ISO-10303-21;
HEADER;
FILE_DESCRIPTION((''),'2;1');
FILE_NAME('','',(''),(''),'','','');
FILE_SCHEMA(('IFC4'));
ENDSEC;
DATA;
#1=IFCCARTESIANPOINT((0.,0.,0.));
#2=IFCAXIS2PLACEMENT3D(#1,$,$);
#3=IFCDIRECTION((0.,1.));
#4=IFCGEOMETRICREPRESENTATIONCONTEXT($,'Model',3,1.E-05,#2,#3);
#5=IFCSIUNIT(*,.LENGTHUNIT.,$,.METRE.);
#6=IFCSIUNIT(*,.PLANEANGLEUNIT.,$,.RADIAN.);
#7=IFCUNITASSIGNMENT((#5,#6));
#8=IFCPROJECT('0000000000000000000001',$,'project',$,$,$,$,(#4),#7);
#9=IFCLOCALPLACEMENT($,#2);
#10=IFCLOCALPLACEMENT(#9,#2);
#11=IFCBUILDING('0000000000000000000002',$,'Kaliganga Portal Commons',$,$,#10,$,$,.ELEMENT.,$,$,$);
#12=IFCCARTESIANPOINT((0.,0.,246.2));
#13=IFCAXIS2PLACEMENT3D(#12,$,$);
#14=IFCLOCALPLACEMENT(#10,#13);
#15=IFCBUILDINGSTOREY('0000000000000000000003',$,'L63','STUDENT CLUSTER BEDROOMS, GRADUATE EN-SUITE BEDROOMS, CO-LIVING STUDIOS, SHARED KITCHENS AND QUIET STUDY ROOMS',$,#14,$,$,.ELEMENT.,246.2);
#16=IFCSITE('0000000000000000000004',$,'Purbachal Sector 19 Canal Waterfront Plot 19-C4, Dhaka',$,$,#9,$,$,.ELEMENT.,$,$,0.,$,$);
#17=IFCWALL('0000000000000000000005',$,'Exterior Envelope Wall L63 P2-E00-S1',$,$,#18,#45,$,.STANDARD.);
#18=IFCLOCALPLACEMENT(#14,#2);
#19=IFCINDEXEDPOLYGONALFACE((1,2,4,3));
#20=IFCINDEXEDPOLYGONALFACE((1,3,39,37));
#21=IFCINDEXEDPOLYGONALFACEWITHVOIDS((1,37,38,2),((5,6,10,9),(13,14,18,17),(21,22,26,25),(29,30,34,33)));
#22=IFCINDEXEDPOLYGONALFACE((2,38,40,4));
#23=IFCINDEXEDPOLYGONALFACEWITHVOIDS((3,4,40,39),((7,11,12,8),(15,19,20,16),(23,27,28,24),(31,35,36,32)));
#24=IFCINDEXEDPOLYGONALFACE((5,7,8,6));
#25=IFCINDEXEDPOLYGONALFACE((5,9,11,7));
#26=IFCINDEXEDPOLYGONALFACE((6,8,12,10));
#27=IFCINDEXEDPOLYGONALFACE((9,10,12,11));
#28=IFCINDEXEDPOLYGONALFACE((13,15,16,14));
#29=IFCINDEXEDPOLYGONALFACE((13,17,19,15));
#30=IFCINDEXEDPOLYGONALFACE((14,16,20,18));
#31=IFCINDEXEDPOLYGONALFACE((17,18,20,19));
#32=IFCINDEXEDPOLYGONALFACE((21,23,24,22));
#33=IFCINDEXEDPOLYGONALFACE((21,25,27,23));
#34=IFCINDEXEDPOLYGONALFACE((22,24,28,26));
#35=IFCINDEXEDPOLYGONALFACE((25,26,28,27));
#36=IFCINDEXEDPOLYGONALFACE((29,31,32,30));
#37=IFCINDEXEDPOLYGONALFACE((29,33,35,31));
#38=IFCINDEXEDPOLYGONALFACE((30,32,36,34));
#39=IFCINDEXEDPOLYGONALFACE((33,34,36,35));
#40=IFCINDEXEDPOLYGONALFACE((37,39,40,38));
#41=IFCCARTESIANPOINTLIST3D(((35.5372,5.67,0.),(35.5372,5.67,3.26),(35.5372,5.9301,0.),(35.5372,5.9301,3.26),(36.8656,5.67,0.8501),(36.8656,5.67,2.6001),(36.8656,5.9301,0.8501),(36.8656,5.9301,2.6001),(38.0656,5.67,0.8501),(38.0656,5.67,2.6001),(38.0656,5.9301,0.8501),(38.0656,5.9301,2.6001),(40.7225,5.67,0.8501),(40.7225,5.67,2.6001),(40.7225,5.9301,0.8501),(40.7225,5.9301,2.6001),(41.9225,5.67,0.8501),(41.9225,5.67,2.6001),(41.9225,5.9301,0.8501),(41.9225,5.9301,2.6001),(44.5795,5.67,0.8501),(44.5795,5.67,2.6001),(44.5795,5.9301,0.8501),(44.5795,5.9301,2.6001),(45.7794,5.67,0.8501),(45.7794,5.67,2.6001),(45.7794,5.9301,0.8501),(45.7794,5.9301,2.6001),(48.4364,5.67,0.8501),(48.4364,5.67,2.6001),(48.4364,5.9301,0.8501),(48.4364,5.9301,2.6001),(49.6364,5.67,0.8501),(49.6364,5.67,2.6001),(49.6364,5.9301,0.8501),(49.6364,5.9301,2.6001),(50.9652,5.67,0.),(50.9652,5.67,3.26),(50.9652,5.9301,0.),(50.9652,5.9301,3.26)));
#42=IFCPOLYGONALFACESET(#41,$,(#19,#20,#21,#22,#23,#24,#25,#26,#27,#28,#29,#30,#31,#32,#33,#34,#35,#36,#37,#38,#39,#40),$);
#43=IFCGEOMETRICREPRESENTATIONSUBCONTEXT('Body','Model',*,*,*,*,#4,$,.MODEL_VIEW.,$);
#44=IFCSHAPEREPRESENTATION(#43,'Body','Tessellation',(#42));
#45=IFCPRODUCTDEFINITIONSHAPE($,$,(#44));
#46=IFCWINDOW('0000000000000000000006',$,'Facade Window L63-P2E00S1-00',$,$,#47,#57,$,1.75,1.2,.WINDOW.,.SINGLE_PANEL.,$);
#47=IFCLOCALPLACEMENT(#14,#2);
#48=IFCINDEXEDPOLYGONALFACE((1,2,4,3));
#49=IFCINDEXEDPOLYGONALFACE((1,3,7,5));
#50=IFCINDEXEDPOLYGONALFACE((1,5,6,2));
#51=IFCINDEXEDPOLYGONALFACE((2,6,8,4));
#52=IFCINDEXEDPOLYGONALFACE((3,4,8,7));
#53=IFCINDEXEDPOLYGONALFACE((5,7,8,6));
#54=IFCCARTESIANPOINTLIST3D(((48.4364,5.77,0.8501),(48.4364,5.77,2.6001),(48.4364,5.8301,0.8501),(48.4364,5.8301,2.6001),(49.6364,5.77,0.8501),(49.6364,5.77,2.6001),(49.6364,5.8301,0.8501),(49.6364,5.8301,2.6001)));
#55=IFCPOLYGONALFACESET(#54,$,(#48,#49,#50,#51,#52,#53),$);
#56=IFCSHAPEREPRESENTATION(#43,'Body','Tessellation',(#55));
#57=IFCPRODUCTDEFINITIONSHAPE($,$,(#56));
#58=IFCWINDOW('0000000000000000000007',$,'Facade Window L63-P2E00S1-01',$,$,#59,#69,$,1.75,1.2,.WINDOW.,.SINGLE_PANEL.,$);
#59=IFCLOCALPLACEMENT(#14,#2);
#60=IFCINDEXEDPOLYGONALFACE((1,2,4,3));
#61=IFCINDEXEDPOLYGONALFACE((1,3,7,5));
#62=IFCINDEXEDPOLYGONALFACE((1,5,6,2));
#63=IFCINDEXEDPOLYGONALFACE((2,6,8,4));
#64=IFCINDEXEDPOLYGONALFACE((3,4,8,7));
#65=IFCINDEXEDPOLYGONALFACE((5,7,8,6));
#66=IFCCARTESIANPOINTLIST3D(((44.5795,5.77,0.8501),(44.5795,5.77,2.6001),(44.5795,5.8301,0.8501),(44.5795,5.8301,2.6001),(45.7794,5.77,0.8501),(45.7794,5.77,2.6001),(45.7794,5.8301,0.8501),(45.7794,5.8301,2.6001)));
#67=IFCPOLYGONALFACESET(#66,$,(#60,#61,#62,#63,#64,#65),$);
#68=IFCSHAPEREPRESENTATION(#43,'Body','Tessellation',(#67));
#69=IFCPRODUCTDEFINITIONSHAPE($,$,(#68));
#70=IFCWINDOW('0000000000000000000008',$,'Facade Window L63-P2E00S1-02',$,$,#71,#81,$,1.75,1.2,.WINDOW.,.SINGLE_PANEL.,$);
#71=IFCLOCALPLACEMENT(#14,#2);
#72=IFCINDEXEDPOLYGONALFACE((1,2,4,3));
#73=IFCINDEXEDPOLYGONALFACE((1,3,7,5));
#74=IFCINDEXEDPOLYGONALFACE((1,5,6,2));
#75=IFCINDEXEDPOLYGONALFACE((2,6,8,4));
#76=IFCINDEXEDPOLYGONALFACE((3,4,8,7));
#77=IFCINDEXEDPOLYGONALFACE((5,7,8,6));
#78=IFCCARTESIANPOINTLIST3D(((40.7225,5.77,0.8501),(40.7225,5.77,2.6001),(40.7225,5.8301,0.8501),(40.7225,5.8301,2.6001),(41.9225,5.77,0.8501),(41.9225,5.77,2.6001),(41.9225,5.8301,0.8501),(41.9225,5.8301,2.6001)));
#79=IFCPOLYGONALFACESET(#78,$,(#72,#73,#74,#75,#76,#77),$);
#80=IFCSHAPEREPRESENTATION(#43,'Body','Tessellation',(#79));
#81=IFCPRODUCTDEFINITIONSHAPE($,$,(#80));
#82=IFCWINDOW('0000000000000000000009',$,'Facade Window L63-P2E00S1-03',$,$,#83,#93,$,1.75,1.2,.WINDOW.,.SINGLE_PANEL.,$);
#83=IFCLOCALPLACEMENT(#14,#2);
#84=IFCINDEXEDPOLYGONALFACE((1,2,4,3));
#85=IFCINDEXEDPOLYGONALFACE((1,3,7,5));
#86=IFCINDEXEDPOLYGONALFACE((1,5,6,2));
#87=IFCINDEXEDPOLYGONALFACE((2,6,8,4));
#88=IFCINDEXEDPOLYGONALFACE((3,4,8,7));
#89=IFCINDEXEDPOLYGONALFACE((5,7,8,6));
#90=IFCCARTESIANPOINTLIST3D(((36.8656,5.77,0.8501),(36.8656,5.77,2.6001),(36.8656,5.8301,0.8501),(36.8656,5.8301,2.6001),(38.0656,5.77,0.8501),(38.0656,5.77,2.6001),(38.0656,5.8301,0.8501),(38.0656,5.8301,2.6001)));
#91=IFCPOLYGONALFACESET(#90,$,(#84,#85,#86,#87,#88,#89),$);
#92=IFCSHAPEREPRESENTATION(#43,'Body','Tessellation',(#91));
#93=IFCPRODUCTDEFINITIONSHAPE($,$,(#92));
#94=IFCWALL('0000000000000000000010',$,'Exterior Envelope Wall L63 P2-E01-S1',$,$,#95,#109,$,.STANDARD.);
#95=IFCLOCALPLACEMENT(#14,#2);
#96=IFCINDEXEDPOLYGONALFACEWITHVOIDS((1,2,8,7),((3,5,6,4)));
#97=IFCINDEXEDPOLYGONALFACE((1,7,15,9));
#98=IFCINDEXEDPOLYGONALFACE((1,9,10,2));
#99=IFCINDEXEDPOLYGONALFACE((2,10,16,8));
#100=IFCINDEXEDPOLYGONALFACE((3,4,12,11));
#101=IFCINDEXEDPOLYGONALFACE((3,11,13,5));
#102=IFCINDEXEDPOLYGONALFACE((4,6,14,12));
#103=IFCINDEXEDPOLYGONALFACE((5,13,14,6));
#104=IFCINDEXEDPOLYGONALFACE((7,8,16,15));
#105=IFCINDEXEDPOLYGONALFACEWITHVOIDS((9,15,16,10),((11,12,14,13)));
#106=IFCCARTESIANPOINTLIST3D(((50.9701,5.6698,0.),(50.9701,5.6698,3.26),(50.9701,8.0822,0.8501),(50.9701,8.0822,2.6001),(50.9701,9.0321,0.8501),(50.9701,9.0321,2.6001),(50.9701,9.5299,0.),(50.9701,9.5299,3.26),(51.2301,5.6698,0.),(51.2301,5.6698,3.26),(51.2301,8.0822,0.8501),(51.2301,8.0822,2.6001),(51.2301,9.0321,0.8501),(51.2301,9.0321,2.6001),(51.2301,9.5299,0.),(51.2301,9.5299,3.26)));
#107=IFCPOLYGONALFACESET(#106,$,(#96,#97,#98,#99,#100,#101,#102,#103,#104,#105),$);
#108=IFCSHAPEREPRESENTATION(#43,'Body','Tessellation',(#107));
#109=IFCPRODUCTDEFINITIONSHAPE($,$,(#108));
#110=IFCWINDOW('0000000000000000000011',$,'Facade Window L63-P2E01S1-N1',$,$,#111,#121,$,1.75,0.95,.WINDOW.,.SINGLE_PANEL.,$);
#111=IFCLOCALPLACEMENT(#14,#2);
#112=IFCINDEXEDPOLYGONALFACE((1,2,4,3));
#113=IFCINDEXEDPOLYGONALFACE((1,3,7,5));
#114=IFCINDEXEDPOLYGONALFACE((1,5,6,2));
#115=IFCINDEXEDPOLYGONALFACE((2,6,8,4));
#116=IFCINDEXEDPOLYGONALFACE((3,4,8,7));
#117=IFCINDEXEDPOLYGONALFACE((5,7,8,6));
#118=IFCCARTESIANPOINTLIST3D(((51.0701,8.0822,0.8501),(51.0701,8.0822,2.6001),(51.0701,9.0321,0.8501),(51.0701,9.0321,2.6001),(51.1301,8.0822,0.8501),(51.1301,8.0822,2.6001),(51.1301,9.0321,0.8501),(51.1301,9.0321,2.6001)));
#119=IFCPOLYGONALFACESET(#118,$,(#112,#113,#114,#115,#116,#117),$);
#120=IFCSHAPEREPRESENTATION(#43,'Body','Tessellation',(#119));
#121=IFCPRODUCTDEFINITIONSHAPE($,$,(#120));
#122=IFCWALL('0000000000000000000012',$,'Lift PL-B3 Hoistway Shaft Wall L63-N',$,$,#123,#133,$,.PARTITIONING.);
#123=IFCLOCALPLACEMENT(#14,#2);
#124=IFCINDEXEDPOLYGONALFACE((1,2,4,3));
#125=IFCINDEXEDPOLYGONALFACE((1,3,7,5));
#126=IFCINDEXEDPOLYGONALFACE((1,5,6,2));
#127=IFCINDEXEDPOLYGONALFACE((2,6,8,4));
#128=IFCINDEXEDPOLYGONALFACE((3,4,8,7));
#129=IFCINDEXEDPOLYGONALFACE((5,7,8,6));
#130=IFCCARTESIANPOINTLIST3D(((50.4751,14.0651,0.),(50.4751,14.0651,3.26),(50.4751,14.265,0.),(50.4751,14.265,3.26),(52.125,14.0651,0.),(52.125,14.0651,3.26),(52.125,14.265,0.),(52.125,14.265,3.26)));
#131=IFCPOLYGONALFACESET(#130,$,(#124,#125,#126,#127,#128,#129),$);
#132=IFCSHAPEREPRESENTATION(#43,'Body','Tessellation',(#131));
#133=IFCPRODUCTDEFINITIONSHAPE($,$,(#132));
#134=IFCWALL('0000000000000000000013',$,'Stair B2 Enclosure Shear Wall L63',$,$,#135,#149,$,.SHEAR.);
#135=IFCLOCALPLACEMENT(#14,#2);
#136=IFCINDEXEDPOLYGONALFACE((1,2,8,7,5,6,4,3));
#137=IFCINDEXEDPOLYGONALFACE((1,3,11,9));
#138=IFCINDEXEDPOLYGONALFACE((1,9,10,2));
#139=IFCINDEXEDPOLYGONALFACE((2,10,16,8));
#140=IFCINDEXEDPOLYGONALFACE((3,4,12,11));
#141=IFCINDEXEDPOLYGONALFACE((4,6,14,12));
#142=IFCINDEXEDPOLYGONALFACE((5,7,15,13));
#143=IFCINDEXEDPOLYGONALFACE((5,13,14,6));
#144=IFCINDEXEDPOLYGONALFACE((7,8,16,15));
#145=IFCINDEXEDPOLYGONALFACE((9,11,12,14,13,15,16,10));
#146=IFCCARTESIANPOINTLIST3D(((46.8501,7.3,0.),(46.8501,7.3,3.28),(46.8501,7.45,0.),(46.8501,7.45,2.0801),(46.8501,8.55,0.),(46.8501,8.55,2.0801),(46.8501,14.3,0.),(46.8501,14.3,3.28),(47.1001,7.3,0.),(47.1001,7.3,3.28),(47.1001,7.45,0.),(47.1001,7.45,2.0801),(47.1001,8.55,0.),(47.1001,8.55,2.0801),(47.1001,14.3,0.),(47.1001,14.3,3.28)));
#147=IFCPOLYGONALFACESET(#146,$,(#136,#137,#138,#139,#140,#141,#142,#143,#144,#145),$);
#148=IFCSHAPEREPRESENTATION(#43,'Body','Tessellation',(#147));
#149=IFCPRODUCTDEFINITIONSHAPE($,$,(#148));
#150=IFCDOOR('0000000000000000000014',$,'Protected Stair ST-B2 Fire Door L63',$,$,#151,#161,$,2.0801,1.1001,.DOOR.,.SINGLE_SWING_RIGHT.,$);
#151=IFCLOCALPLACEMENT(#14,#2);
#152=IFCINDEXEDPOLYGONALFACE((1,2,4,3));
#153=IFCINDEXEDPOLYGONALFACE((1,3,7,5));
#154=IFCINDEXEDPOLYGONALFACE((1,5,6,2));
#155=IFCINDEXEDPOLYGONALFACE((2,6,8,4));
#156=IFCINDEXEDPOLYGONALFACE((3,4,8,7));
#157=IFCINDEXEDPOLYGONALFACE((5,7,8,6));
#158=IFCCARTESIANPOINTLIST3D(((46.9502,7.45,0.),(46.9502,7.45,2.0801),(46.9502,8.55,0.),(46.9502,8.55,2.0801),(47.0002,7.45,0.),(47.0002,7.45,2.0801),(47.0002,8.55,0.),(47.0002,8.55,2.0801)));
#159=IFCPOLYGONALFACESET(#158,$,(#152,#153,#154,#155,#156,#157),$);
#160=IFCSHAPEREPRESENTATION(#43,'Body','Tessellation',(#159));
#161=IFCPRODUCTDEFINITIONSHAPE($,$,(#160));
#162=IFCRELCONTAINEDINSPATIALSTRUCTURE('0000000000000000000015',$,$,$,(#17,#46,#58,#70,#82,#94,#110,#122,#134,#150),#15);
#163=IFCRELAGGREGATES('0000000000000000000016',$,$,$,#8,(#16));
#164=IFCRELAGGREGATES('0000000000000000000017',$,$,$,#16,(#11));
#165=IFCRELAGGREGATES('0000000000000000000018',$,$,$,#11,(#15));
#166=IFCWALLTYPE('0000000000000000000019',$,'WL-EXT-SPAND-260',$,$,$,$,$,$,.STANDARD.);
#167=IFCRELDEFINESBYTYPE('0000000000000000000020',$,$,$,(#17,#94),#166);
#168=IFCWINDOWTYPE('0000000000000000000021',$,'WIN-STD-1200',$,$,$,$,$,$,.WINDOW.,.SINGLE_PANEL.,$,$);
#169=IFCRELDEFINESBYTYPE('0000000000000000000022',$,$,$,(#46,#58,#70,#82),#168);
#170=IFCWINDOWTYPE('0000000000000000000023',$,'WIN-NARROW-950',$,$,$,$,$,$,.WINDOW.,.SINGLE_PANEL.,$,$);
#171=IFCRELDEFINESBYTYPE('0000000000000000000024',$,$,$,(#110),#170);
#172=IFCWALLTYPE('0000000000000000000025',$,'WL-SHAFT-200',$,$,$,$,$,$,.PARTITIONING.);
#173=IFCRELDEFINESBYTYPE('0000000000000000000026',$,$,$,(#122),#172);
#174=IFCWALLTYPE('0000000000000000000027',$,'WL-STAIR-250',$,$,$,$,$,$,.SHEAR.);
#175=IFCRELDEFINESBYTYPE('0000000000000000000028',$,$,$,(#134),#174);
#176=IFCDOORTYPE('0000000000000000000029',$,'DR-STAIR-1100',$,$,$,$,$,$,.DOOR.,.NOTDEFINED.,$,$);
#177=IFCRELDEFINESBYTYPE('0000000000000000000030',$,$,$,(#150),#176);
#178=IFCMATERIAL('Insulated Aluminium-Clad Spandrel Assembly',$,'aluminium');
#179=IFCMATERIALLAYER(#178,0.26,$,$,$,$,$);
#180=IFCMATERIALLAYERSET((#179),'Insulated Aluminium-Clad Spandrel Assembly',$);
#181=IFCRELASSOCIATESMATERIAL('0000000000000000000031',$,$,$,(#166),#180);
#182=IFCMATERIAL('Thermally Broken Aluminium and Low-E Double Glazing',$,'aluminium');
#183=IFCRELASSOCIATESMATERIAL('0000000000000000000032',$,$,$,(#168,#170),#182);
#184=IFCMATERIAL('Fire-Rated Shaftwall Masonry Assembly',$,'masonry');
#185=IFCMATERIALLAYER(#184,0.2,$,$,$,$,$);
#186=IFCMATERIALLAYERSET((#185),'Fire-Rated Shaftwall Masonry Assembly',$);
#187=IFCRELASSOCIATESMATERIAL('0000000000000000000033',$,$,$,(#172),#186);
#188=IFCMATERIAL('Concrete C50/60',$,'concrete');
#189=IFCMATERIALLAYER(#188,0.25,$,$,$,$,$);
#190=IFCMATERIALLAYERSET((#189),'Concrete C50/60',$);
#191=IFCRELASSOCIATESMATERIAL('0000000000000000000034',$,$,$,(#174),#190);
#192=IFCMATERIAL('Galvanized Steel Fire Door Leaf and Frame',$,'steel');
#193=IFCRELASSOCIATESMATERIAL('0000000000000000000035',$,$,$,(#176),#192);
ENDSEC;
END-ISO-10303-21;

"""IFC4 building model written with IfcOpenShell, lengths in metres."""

from ifc_helpers import new_model, si_unit, direction, frame, frame_2d, origin, place, context, subcontext, project, spatial, rectangle, extrude, material, layer, layer_set, type_object, element, fill, save


model = new_model("IFC4")

# Units and contexts
model_context = context("Model", 3, precision=1e-05, world=origin(), true_north=direction((0.0, 1.0)))
body_context = subcontext(model_context, "Body", "Model", "MODEL_VIEW")
ifc_project = project(units=[si_unit("LENGTHUNIT", "METRE"), si_unit("PLANEANGLEUNIT", "RADIAN")], contexts=[model_context])

# Site, building, storey
site_placement = place(None, origin())
site = spatial("IfcSite", under=ifc_project, at=site_placement, Name="Purbachal Sector 19 Canal Waterfront Plot 19-C4, Dhaka", CompositionType="ELEMENT", RefElevation=0.0)
building_placement = place(site_placement, origin())
building = spatial("IfcBuilding", under=site, at=building_placement, Name="Kaliganga Portal Commons", CompositionType="ELEMENT")
storey_placement = place(building_placement, frame((0.0, 0.0, 246.2)))
storey = spatial("IfcBuildingStorey", under=building, at=storey_placement, Name="L63", Description="STUDENT CLUSTER BEDROOMS, GRADUATE EN-SUITE BEDROOMS, CO-LIVING STUDIOS, SHARED KITCHENS AND QUIET STUDY ROOMS", CompositionType="ELEMENT", Elevation=246.2)

# Shared definitions
ifc_material_1 = material(Name="Concrete C50/60", Category="concrete")

# Wall, openings, windows
ifc_material_2 = material(Name="Insulated Aluminium-Clad Spandrel Assembly", Category="aluminium")
ifc_layer_1 = layer(ifc_material_2, 0.26)
ifc_layer_set_1 = layer_set([ifc_layer_1], Name="Insulated Aluminium-Clad Spandrel Assembly")
wall_type_1 = type_object("IfcWallType", Name="WL-EXT-SPAND-260", PredefinedType="STANDARD", material=ifc_layer_set_1)
wall_1_placement = place(storey_placement, frame((50.9651, 5.8, 0.0), z_axis=(0.0, 0.0, 1.0), x_axis=(-1.0, 0.0, 0.0)))
wall_1 = element("IfcWall", 1, at=wall_1_placement, inside=storey, type_object=wall_type_1, Name="Exterior Envelope Wall L63 P2-E00-S1", PredefinedType="STANDARD", context=body_context, shape_type="SweptSolid", body=[
    extrude(rectangle(XDim=15.428, YDim=0.26, at=frame_2d((7.7139, 0.0))), origin(), (0.0, 0.0, 1.0), 3.26),
])
opening_1_placement = place(wall_1_placement, frame((1.3286, 0.0, 0.8501)))
opening_1 = element("IfcOpeningElement", 2, at=opening_1_placement, cuts=wall_1, PredefinedType="OPENING", context=body_context, shape_type="SweptSolid", body=[
    extrude(rectangle(XDim=1.2, YDim=1.75, at=frame_2d((0.6001, 0.875))), frame((0.0, 0.1401, 0.0), z_axis=(0.0, -1.0, 0.0), x_axis=(1.0, 0.0, 0.0)), (0.0, 0.0, 1.0), 0.28),
])
opening_2_placement = place(wall_1_placement, frame((5.1855, 0.0, 0.8501)))
opening_2 = element("IfcOpeningElement", 3, at=opening_2_placement, cuts=wall_1, PredefinedType="OPENING", context=body_context, shape_type="SweptSolid", body=[
    extrude(rectangle(XDim=1.2, YDim=1.75, at=frame_2d((0.6001, 0.875))), frame((0.0, 0.1401, 0.0), z_axis=(0.0, -1.0, 0.0), x_axis=(1.0, 0.0, 0.0)), (0.0, 0.0, 1.0), 0.28),
])
opening_3_placement = place(wall_1_placement, frame((9.0425, 0.0, 0.8501)))
opening_3 = element("IfcOpeningElement", 4, at=opening_3_placement, cuts=wall_1, PredefinedType="OPENING", context=body_context, shape_type="SweptSolid", body=[
    extrude(rectangle(XDim=1.2, YDim=1.75, at=frame_2d((0.6001, 0.875))), frame((0.0, 0.1401, 0.0), z_axis=(0.0, -1.0, 0.0), x_axis=(1.0, 0.0, 0.0)), (0.0, 0.0, 1.0), 0.28),
])
opening_4_placement = place(wall_1_placement, frame((12.8994, 0.0, 0.8501)))
opening_4 = element("IfcOpeningElement", 5, at=opening_4_placement, cuts=wall_1, PredefinedType="OPENING", context=body_context, shape_type="SweptSolid", body=[
    extrude(rectangle(XDim=1.2, YDim=1.75, at=frame_2d((0.6001, 0.875))), frame((0.0, 0.1401, 0.0), z_axis=(0.0, -1.0, 0.0), x_axis=(1.0, 0.0, 0.0)), (0.0, 0.0, 1.0), 0.28),
])
ifc_material_3 = material(Name="Thermally Broken Aluminium and Low-E Double Glazing", Category="aluminium")
window_type_1 = type_object("IfcWindowType", Name="WIN-STD-1200", PartitioningType="SINGLE_PANEL", PredefinedType="WINDOW", material=ifc_material_3)
window_1_placement = place(opening_1_placement, origin())
window_1 = element("IfcWindow", 6, at=window_1_placement, inside=storey, type_object=window_type_1, Name="Facade Window L63-P2E00S1-00", OverallHeight=1.75, OverallWidth=1.2, PartitioningType="SINGLE_PANEL", PredefinedType="WINDOW", context=body_context, shape_type="SweptSolid", body=[
    extrude(rectangle(XDim=1.2, YDim=1.75, at=frame_2d((0.6001, 0.875))), frame((0.0, 0.03, 0.0), z_axis=(0.0, -1.0, 0.0), x_axis=(1.0, 0.0, 0.0)), (0.0, 0.0, 1.0), 0.0601),
])
fill(opening_1, window_1)
window_2_placement = place(opening_2_placement, origin())
window_2 = element("IfcWindow", 7, at=window_2_placement, inside=storey, type_object=window_type_1, Name="Facade Window L63-P2E00S1-01", OverallHeight=1.75, OverallWidth=1.2, PartitioningType="SINGLE_PANEL", PredefinedType="WINDOW", context=body_context, shape_type="SweptSolid", body=[
    extrude(rectangle(XDim=1.2, YDim=1.75, at=frame_2d((0.6001, 0.875))), frame((0.0, 0.03, 0.0), z_axis=(0.0, -1.0, 0.0), x_axis=(1.0, 0.0, 0.0)), (0.0, 0.0, 1.0), 0.0601),
])
fill(opening_2, window_2)
window_3_placement = place(opening_3_placement, origin())
window_3 = element("IfcWindow", 8, at=window_3_placement, inside=storey, type_object=window_type_1, Name="Facade Window L63-P2E00S1-02", OverallHeight=1.75, OverallWidth=1.2, PartitioningType="SINGLE_PANEL", PredefinedType="WINDOW", context=body_context, shape_type="SweptSolid", body=[
    extrude(rectangle(XDim=1.2, YDim=1.75, at=frame_2d((0.6001, 0.875))), frame((0.0, 0.03, 0.0), z_axis=(0.0, -1.0, 0.0), x_axis=(1.0, 0.0, 0.0)), (0.0, 0.0, 1.0), 0.0601),
])
fill(opening_3, window_3)
window_4_placement = place(opening_4_placement, origin())
window_4 = element("IfcWindow", 9, at=window_4_placement, inside=storey, type_object=window_type_1, Name="Facade Window L63-P2E00S1-03", OverallHeight=1.75, OverallWidth=1.2, PartitioningType="SINGLE_PANEL", PredefinedType="WINDOW", context=body_context, shape_type="SweptSolid", body=[
    extrude(rectangle(XDim=1.2, YDim=1.75, at=frame_2d((0.6001, 0.875))), frame((0.0, 0.03, 0.0), z_axis=(0.0, -1.0, 0.0), x_axis=(1.0, 0.0, 0.0)), (0.0, 0.0, 1.0), 0.0601),
])
fill(opening_4, window_4)

# Wall, opening, window
wall_2_placement = place(storey_placement, frame((51.1001, 9.53, 0.0), z_axis=(0.0, 0.0, 1.0), x_axis=(0.0, -1.0, 0.0)))
wall_2 = element("IfcWall", 10, at=wall_2_placement, inside=storey, type_object=wall_type_1, Name="Exterior Envelope Wall L63 P2-E01-S1", PredefinedType="STANDARD", context=body_context, shape_type="SweptSolid", body=[
    extrude(rectangle(XDim=3.8601, YDim=0.26, at=frame_2d((1.9302, 0.0))), origin(), (0.0, 0.0, 1.0), 3.26),
])
opening_5_placement = place(wall_2_placement, frame((0.4978, 0.0, 0.8501)))
opening_5 = element("IfcOpeningElement", 11, at=opening_5_placement, cuts=wall_2, PredefinedType="OPENING", context=body_context, shape_type="SweptSolid", body=[
    extrude(rectangle(XDim=0.95, YDim=1.75, at=frame_2d((0.4751, 0.875))), frame((0.0, 0.1401, 0.0), z_axis=(0.0, -1.0, 0.0), x_axis=(1.0, 0.0, 0.0)), (0.0, 0.0, 1.0), 0.28),
])
window_type_2 = type_object("IfcWindowType", Name="WIN-NARROW-950", PartitioningType="SINGLE_PANEL", PredefinedType="WINDOW", material=ifc_material_3)
window_5_placement = place(opening_5_placement, origin())
window_5 = element("IfcWindow", 12, at=window_5_placement, inside=storey, type_object=window_type_2, Name="Facade Window L63-P2E01S1-N1", OverallHeight=1.75, OverallWidth=0.95, PartitioningType="SINGLE_PANEL", PredefinedType="WINDOW", context=body_context, shape_type="SweptSolid", body=[
    extrude(rectangle(XDim=0.95, YDim=1.75, at=frame_2d((0.4751, 0.875))), frame((0.0, 0.03, 0.0), z_axis=(0.0, -1.0, 0.0), x_axis=(1.0, 0.0, 0.0)), (0.0, 0.0, 1.0), 0.0601),
])
fill(opening_5, window_5)

# Shared definitions
ifc_material_4 = material(Name="Fire-Rated Shaftwall Masonry Assembly", Category="masonry")
ifc_layer_2 = layer(ifc_material_4, 0.2)
ifc_layer_set_2 = layer_set([ifc_layer_2], Name="Fire-Rated Shaftwall Masonry Assembly")
wall_type_2 = type_object("IfcWallType", Name="WL-SHAFT-200", PredefinedType="PARTITIONING", material=ifc_layer_set_2)

# Wall
wall_3_placement = place(storey_placement, frame((50.4751, 14.165, 0.0), z_axis=(0.0, 0.0, 1.0), x_axis=(1.0, 0.0, 0.0)))
element("IfcWall", 13, at=wall_3_placement, inside=storey, type_object=wall_type_2, Name="Lift PL-B3 Hoistway Shaft Wall L63-N", PredefinedType="PARTITIONING", context=body_context, shape_type="SweptSolid", body=[
    extrude(rectangle(XDim=1.6499, YDim=0.2, at=frame_2d((0.825, 0.0))), origin(), (0.0, 0.0, 1.0), 3.26),
])

# Wall, opening, door
ifc_layer_3 = layer(ifc_material_1, 0.25)
ifc_layer_set_3 = layer_set([ifc_layer_3], Name="Concrete C50/60")
wall_type_3 = type_object("IfcWallType", Name="WL-STAIR-250", PredefinedType="SHEAR", material=ifc_layer_set_3)
wall_4_placement = place(storey_placement, frame((46.9751, 7.3, 0.0), z_axis=(0.0, 0.0, 1.0), x_axis=(0.0, 1.0, 0.0)))
wall_4 = element("IfcWall", 14, at=wall_4_placement, inside=storey, type_object=wall_type_3, Name="Stair B2 Enclosure Shear Wall L63", PredefinedType="SHEAR", context=body_context, shape_type="SweptSolid", body=[
    extrude(rectangle(XDim=7.0, YDim=0.25, at=frame_2d((3.5, 0.0))), origin(), (0.0, 0.0, 1.0), 3.28),
])
opening_6_placement = place(wall_4_placement, frame((0.1499, 0.0, 0.0)))
opening_6 = element("IfcOpeningElement", 15, at=opening_6_placement, cuts=wall_4, PredefinedType="OPENING", context=body_context, shape_type="SweptSolid", body=[
    extrude(rectangle(XDim=1.1001, YDim=2.0801, at=frame_2d((0.55, 1.04))), frame((0.0, 0.135, 0.0), z_axis=(0.0, -1.0, 0.0), x_axis=(1.0, 0.0, 0.0)), (0.0, 0.0, 1.0), 0.27),
])
ifc_material_5 = material(Name="Galvanized Steel Fire Door Leaf and Frame", Category="steel")
door_type_1 = type_object("IfcDoorType", Name="DR-STAIR-1100", OperationType="NOTDEFINED", PredefinedType="DOOR", material=ifc_material_5)
door_1_placement = place(opening_6_placement, origin())
door_1 = element("IfcDoor", 16, at=door_1_placement, inside=storey, type_object=door_type_1, Name="Protected Stair ST-B2 Fire Door L63", OperationType="SINGLE_SWING_RIGHT", OverallHeight=2.0801, OverallWidth=1.1001, PredefinedType="DOOR", context=body_context, shape_type="SweptSolid", body=[
    extrude(rectangle(XDim=1.1001, YDim=2.0801, at=frame_2d((0.55, 1.04))), frame((0.0, 0.0249, 0.0), z_axis=(0.0, -1.0, 0.0), x_axis=(1.0, 0.0, 0.0)), (0.0, 0.0, 1.0), 0.05),
])
fill(opening_6, door_1)

save(model, "model.ifc")
